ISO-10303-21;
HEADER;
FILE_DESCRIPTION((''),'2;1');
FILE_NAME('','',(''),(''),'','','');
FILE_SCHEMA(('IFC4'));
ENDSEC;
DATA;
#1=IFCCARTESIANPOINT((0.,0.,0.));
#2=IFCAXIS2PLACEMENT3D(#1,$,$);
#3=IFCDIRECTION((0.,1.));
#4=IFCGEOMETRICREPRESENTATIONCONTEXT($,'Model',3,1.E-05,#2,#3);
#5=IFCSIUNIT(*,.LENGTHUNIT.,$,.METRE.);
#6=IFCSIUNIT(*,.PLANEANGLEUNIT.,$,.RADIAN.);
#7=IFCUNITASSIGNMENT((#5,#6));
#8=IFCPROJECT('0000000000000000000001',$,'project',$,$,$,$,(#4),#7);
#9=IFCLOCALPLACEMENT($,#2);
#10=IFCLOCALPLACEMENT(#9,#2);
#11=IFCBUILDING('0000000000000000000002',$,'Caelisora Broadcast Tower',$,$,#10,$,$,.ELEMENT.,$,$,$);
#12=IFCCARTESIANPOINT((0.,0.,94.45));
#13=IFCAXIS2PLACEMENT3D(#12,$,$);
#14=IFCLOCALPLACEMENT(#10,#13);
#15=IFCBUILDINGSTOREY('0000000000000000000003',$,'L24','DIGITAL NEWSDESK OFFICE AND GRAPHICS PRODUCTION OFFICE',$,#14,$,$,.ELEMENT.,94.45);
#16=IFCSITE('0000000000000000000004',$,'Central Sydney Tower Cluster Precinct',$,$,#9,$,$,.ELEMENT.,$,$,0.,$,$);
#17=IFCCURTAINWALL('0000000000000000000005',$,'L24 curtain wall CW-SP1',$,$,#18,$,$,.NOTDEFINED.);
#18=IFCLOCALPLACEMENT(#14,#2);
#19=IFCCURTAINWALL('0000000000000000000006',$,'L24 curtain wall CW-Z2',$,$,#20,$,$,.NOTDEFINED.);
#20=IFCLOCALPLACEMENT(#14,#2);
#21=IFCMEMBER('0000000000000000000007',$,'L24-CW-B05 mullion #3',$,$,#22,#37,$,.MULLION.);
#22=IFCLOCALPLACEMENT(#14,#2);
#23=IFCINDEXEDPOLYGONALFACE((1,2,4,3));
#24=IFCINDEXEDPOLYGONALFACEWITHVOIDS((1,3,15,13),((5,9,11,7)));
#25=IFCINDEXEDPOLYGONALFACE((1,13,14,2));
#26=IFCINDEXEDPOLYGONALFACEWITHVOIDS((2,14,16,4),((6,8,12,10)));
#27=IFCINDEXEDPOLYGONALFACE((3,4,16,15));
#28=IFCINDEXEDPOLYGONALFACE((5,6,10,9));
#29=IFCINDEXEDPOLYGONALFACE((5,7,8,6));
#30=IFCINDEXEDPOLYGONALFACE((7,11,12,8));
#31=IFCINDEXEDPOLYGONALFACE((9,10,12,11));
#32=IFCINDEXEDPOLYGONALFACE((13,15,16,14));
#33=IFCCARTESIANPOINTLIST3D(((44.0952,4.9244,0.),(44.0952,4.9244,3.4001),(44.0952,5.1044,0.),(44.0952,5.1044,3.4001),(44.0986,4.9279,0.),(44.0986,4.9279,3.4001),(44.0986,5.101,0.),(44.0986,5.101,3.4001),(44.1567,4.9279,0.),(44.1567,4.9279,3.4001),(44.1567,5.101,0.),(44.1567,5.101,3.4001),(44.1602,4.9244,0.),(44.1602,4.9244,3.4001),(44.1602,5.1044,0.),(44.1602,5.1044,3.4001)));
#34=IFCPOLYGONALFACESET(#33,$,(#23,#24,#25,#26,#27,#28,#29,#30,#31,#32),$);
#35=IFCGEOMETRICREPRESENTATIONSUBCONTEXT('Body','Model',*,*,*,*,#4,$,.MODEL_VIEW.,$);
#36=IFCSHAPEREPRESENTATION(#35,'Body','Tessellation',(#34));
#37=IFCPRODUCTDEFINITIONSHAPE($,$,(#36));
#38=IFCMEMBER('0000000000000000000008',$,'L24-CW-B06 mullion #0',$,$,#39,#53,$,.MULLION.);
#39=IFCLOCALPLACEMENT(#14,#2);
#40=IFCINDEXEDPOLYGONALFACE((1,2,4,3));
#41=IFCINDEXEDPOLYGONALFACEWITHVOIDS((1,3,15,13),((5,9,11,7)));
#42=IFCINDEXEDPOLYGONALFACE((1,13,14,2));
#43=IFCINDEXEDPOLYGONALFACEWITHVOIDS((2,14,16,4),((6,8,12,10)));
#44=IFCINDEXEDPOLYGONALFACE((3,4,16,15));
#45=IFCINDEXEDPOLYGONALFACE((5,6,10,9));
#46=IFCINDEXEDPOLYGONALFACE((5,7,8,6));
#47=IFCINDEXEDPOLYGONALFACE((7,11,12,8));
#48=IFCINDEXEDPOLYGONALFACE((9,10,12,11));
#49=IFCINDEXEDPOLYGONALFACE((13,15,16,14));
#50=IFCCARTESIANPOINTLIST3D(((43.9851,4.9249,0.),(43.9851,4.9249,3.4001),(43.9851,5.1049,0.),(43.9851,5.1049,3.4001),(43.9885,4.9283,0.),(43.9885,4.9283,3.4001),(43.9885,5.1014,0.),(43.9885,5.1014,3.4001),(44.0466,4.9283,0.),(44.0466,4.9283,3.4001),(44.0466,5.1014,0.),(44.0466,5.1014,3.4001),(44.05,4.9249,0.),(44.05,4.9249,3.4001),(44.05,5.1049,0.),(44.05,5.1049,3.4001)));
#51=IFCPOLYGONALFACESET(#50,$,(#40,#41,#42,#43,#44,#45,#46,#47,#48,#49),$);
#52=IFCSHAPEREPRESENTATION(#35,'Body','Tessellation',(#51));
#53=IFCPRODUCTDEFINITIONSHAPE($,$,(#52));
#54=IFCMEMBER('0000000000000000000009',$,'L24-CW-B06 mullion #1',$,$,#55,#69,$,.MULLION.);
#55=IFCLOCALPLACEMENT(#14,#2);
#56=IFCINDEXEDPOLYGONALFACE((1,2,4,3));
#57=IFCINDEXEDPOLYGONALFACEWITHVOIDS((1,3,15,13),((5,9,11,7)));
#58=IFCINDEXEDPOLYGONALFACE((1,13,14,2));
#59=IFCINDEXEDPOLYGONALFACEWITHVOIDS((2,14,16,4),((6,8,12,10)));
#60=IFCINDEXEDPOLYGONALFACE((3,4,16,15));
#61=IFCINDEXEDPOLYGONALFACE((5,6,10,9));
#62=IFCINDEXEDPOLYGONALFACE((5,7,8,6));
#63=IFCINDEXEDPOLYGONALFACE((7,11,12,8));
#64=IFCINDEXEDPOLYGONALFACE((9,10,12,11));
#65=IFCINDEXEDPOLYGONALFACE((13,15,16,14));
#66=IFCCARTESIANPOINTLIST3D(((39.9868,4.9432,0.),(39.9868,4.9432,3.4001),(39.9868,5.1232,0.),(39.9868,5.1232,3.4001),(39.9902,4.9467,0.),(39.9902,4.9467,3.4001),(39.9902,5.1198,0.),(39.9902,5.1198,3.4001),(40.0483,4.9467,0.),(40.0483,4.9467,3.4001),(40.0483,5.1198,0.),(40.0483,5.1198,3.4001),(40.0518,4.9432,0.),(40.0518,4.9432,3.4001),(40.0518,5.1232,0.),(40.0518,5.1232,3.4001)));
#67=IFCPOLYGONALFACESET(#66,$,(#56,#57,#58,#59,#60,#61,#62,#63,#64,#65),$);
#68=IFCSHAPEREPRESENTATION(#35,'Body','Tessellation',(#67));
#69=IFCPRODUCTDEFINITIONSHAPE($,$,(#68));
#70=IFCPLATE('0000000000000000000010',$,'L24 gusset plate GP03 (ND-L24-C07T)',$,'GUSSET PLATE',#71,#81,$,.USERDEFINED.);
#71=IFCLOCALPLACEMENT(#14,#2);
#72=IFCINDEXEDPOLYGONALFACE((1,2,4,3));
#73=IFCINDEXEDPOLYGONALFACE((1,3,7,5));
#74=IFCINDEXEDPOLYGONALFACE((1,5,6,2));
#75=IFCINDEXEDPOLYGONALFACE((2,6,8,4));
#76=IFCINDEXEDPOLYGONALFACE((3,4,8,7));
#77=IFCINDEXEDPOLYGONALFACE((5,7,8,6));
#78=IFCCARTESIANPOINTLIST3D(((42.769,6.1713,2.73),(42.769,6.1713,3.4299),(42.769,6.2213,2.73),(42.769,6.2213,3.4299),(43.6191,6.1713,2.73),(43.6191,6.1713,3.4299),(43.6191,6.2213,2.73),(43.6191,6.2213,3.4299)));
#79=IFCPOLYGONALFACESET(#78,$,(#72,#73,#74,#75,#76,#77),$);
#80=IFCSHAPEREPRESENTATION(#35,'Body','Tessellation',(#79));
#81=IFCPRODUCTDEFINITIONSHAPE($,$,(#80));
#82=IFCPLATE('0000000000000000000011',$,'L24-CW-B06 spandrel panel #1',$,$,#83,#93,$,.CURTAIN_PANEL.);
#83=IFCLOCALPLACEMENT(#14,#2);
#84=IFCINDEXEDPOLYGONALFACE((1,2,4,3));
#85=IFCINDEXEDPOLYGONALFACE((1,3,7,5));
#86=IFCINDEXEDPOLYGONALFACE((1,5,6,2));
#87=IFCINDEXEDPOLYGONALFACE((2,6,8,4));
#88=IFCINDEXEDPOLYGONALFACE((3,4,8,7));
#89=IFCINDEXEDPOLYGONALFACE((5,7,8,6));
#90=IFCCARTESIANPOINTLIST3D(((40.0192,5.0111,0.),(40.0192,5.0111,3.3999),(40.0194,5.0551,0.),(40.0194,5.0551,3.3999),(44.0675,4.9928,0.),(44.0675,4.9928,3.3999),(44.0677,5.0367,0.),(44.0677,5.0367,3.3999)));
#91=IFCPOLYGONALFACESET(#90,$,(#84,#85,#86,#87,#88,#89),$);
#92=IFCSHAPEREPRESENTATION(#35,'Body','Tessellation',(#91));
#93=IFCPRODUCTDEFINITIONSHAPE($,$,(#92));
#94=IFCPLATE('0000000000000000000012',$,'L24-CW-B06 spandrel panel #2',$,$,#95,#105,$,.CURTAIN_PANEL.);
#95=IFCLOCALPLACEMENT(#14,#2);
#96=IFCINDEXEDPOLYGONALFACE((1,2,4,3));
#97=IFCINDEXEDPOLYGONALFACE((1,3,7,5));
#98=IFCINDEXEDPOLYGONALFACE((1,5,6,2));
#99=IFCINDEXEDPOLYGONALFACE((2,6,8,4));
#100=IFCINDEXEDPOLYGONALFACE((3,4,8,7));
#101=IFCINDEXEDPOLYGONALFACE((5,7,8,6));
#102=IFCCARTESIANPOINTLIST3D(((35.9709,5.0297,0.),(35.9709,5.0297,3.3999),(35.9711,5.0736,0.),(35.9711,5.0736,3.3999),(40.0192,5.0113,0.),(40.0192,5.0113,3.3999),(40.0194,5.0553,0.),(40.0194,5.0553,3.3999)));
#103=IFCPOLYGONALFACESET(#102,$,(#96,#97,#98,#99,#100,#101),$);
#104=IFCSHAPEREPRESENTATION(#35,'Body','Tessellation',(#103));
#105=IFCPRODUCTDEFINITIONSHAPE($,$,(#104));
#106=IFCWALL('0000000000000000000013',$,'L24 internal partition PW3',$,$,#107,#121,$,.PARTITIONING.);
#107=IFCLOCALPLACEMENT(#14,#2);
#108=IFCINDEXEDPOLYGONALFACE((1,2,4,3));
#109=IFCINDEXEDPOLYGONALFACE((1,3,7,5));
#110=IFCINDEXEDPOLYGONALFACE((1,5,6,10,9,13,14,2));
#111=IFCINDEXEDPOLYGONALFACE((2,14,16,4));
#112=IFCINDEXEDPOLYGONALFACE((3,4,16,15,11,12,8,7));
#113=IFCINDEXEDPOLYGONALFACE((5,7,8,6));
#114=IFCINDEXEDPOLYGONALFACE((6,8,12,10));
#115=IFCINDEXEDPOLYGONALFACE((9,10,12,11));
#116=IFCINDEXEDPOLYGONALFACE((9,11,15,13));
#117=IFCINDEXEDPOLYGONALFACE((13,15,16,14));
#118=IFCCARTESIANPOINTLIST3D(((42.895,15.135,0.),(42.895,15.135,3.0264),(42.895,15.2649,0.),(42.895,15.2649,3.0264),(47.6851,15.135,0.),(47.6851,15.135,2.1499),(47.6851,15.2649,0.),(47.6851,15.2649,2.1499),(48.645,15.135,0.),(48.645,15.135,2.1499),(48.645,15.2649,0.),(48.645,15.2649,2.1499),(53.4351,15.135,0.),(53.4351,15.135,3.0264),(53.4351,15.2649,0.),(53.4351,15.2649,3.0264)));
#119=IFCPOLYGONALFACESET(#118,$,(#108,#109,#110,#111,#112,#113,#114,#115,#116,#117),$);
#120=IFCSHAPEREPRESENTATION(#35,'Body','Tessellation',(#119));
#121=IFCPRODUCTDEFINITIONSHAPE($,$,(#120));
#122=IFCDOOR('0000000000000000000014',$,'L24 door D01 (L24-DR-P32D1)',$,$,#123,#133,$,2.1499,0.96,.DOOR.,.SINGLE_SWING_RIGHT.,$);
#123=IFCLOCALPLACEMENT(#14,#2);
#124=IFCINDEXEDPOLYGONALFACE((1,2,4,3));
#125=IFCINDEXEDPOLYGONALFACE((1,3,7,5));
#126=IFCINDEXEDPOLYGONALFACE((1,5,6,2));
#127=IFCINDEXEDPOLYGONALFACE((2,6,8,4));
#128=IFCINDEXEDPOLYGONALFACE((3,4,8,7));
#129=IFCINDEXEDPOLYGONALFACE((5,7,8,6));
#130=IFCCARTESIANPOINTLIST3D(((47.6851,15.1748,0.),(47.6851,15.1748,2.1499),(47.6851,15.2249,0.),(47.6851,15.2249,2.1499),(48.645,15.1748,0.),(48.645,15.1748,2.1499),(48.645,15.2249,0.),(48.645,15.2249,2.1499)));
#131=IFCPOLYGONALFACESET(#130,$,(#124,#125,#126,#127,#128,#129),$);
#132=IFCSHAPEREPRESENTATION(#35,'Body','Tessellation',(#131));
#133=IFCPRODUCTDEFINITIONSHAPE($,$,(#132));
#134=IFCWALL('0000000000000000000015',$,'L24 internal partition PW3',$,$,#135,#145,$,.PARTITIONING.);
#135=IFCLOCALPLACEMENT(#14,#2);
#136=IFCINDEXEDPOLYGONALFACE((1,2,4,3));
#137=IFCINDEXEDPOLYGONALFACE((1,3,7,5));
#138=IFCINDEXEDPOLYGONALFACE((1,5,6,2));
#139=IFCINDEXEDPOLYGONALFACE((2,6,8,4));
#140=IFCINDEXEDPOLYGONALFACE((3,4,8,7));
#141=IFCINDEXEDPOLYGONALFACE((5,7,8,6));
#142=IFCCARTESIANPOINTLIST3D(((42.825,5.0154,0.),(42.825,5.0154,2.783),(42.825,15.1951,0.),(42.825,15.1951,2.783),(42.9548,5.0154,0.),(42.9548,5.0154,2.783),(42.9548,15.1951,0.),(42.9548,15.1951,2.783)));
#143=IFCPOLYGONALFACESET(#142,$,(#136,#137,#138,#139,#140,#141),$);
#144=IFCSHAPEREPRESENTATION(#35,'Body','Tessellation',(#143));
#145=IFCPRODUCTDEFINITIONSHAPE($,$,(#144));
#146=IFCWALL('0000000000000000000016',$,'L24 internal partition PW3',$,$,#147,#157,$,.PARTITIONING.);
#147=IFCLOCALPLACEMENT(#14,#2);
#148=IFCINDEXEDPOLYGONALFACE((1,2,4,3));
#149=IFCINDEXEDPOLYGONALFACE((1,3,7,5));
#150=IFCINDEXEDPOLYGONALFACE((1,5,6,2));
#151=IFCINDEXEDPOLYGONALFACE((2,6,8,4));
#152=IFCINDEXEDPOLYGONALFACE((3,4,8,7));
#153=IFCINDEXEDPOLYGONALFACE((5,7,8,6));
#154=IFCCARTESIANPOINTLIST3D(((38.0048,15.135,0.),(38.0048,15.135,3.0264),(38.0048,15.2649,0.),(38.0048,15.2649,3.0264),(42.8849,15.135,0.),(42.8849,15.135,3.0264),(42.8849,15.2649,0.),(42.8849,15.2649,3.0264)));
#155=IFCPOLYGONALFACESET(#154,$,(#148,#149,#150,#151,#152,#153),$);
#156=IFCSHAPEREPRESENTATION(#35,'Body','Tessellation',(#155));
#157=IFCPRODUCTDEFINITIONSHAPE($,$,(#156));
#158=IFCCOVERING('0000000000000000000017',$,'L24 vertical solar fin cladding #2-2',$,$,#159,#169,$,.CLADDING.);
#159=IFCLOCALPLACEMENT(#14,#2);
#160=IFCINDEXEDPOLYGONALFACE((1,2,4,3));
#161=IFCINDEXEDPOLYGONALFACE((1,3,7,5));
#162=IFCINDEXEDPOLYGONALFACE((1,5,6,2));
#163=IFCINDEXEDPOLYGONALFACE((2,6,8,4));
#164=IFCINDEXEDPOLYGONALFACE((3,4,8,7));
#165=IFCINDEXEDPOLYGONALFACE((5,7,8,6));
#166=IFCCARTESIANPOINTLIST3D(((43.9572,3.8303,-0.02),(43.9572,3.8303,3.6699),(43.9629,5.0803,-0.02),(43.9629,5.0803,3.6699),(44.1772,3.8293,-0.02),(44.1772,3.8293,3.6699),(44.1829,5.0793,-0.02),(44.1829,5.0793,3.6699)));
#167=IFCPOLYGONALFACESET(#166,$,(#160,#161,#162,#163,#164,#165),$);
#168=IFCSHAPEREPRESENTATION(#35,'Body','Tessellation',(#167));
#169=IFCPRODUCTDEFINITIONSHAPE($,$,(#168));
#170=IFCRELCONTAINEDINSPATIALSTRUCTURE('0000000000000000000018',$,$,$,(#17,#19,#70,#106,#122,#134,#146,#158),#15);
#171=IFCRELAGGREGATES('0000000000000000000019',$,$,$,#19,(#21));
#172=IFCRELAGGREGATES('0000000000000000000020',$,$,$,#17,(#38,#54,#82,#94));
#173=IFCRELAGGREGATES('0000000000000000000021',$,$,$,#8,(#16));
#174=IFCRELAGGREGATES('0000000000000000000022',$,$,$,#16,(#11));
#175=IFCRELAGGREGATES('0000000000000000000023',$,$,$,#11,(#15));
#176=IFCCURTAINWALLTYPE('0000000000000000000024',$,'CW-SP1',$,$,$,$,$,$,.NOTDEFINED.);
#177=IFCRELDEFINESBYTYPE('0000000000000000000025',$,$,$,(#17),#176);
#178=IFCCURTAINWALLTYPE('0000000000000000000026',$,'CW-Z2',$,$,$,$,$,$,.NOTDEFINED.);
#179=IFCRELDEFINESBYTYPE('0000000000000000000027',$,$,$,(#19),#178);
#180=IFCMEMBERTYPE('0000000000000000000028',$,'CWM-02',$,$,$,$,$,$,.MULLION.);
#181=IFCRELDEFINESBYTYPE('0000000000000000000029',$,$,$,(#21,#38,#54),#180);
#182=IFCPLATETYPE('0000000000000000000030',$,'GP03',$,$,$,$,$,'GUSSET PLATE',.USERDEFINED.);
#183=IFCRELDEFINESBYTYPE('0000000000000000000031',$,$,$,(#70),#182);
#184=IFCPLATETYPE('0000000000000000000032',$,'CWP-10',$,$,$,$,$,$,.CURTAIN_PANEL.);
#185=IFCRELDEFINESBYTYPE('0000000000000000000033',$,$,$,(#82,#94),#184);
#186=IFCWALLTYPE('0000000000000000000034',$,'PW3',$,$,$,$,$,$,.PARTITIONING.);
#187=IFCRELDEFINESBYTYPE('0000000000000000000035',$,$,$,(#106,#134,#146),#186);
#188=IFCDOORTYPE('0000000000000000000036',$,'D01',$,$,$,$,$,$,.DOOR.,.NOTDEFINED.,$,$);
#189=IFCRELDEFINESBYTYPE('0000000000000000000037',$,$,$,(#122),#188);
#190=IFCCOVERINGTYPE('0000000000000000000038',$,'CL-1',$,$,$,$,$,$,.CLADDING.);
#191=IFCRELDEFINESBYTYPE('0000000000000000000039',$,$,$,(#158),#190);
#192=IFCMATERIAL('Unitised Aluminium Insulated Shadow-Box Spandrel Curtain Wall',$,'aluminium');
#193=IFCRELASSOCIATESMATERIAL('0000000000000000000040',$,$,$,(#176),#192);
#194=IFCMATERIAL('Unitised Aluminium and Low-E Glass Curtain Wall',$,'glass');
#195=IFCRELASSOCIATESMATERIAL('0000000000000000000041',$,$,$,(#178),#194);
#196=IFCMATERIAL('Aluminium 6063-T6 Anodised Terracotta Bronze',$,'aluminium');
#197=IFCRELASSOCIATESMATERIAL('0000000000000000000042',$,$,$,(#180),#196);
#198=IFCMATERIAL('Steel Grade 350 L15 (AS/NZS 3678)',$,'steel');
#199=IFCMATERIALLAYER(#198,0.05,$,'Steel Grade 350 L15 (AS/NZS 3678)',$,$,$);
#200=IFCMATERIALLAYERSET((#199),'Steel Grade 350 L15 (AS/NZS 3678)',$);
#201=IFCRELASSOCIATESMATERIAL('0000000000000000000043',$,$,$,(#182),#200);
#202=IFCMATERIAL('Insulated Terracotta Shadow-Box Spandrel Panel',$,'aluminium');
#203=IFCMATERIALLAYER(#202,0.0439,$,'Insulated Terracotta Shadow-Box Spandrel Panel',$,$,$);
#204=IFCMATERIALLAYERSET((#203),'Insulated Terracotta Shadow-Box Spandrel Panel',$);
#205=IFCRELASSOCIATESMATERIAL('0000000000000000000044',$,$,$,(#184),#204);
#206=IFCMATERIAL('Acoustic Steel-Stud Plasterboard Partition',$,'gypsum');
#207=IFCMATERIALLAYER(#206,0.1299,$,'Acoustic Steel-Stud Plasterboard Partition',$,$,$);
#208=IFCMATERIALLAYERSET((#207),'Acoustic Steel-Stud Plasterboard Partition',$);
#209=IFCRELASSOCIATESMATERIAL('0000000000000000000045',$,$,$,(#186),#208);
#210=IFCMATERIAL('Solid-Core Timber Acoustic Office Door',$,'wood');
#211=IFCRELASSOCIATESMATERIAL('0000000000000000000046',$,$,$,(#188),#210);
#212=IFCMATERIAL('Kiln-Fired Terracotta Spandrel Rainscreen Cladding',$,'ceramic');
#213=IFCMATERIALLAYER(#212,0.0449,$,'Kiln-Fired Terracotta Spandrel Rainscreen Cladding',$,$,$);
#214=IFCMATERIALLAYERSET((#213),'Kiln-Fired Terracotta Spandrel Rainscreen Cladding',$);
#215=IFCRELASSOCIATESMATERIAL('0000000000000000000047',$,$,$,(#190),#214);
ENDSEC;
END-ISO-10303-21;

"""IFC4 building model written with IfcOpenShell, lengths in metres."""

from ifc_helpers import new_model, si_unit, direction, frame, frame_2d, origin, origin_2d, place, context, subcontext, project, spatial, rectangle, hollow_rectangle, extrude, source, transform, mapped, material, layer, layer_set, material_profile, profile_set, type_object, type_shapes, element, fill, aggregate, save


model = new_model("IFC4")

# Units and contexts
model_context = context("Model", 3, precision=1e-05, world=origin(), true_north=direction((0.0, 1.0)))
body_context = subcontext(model_context, "Body", "Model", "MODEL_VIEW")
ifc_project = project(units=[si_unit("LENGTHUNIT", "METRE"), si_unit("PLANEANGLEUNIT", "RADIAN")], contexts=[model_context])

# Site, building, storey
site_placement = place(None, origin())
site = spatial("IfcSite", under=ifc_project, at=site_placement, Name="Central Sydney Tower Cluster Precinct", CompositionType="ELEMENT", RefElevation=0.0)
building_placement = place(site_placement, origin())
building = spatial("IfcBuilding", under=site, at=building_placement, Name="Caelisora Broadcast Tower", CompositionType="ELEMENT")
storey_placement = place(building_placement, frame((0.0, 0.0, 94.45)))
storey = spatial("IfcBuildingStorey", under=building, at=storey_placement, Name="L24", Description="DIGITAL NEWSDESK OFFICE AND GRAPHICS PRODUCTION OFFICE", CompositionType="ELEMENT", Elevation=94.45)

# Shared definitions
ifc_material_1 = material(Name="Steel Grade 350 L15 (AS/NZS 3678)", Category="steel")

# Curtain wall
ifc_material_2 = material(Name="Unitised Aluminium Insulated Shadow-Box Spandrel Curtain Wall", Category="aluminium")
curtain_wall_type_1 = type_object("IfcCurtainWallType", Name="CW-SP1", PredefinedType="NOTDEFINED", material=ifc_material_2)
curtain_wall_1_placement = place(storey_placement, origin())
curtain_wall_1 = element("IfcCurtainWall", 1, at=curtain_wall_1_placement, inside=storey, type_object=curtain_wall_type_1, Name="L24 curtain wall CW-SP1", PredefinedType="NOTDEFINED")
ifc_material_3 = material(Name="Aluminium 6063-T6 Anodised Terracotta Bronze", Category="aluminium")

# Curtain wall, member
ifc_material_4 = material(Name="Unitised Aluminium and Low-E Glass Curtain Wall", Category="glass")
curtain_wall_type_2 = type_object("IfcCurtainWallType", Name="CW-Z2", PredefinedType="NOTDEFINED", material=ifc_material_4)
curtain_wall_2_placement = place(storey_placement, origin())
curtain_wall_2 = element("IfcCurtainWall", 2, at=curtain_wall_2_placement, inside=storey, type_object=curtain_wall_type_2, Name="L24 curtain wall CW-Z2", PredefinedType="NOTDEFINED")
ifc_material_profile_1 = material_profile(ifc_material_3, hollow_rectangle(XDim=0.0649, YDim=0.1799, WallThickness=0.0034, at=origin_2d()), Name="Aluminium 6063-T6 Anodised Terracotta Bronze")
ifc_profile_set_1 = profile_set([ifc_material_profile_1], Name="Aluminium 6063-T6 Anodised Terracotta Bronze")
member_type_1 = type_object("IfcMemberType", Name="CWM-02", PredefinedType="MULLION", material=ifc_profile_set_1)
shared_shape_1 = source(origin(), body_context, "Body", "SweptSolid", [
    extrude(hollow_rectangle(XDim=0.0649, YDim=0.1799, WallThickness=0.0034, at=origin_2d()), origin(), (0.0, 0.0, 1.0), 3.4001),
])
type_shapes(member_type_1, [shared_shape_1])
member_1_placement = place(storey_placement, frame((44.1277, 5.0144, 0.0), z_axis=(0.0, 0.0, 1.0), x_axis=(1.0, 0.0, 0.0)))
member_1 = element("IfcMember", 3, at=member_1_placement, type_object=member_type_1, Name="L24-CW-B05 mullion #3", PredefinedType="MULLION", context=body_context, shape_type="MappedRepresentation", body=[
    mapped(shared_shape_1, transform((0.0, 0.0, 0.0), scale=1.0)),
])
aggregate(curtain_wall_2, [member_1])

# Members
member_2_placement = place(storey_placement, frame((44.0176, 5.0149, 0.0), z_axis=(0.0, 0.0, 1.0), x_axis=(1.0, 0.0, 0.0)))
member_2 = element("IfcMember", 4, at=member_2_placement, type_object=member_type_1, Name="L24-CW-B06 mullion #0", PredefinedType="MULLION", context=body_context, shape_type="MappedRepresentation", body=[
    mapped(shared_shape_1, transform((0.0, 0.0, 0.0), scale=1.0)),
])
member_3_placement = place(storey_placement, frame((40.0193, 5.0332, 0.0), z_axis=(0.0, 0.0, 1.0), x_axis=(1.0, 0.0, 0.0)))
member_3 = element("IfcMember", 5, at=member_3_placement, type_object=member_type_1, Name="L24-CW-B06 mullion #1", PredefinedType="MULLION", context=body_context, shape_type="MappedRepresentation", body=[
    mapped(shared_shape_1, transform((0.0, 0.0, 0.0), scale=1.0)),
])

# Plates
ifc_layer_1 = layer(ifc_material_1, 0.05, Name="Steel Grade 350 L15 (AS/NZS 3678)")
ifc_layer_set_1 = layer_set([ifc_layer_1], Name="Steel Grade 350 L15 (AS/NZS 3678)")
plate_type_1 = type_object("IfcPlateType", Name="GP03", ElementType="GUSSET PLATE", PredefinedType="USERDEFINED", material=ifc_layer_set_1)
shared_shape_2 = source(origin(), body_context, "Body", "SweptSolid", [
    extrude(rectangle(XDim=0.8501, YDim=0.05, at=origin_2d()), origin(), (0.0, 0.0, 1.0), 0.7),
])
type_shapes(plate_type_1, [shared_shape_2])
plate_1_placement = place(storey_placement, frame((43.1941, 6.1963, 2.73), z_axis=(0.0, 0.0, 1.0), x_axis=(1.0, 0.0, 0.0)))
element("IfcPlate", 6, at=plate_1_placement, inside=storey, type_object=plate_type_1, Name="L24 gusset plate GP03 (ND-L24-C07T)", ObjectType="GUSSET PLATE", PredefinedType="USERDEFINED", context=body_context, shape_type="MappedRepresentation", body=[
    mapped(shared_shape_2, transform((0.0, 0.0, 0.0), scale=1.0)),
])
ifc_material_5 = material(Name="Insulated Terracotta Shadow-Box Spandrel Panel", Category="aluminium")
ifc_layer_2 = layer(ifc_material_5, 0.0439, Name="Insulated Terracotta Shadow-Box Spandrel Panel")
ifc_layer_set_2 = layer_set([ifc_layer_2], Name="Insulated Terracotta Shadow-Box Spandrel Panel")
plate_type_2 = type_object("IfcPlateType", Name="CWP-10", PredefinedType="CURTAIN_PANEL", material=ifc_layer_set_2)
shared_shape_3 = source(origin(), body_context, "Body", "SweptSolid", [
    extrude(rectangle(XDim=4.0483, YDim=0.0439, at=origin_2d()), origin(), (0.0, 0.0, 1.0), 3.3999),
])
type_shapes(plate_type_2, [shared_shape_3])
plate_2_placement = place(storey_placement, frame((42.0435, 5.0239, 0.0), z_axis=(0.0, 0.0, 1.0), x_axis=(-0.99999, 0.004538, 0.0)))
plate_2 = element("IfcPlate", 7, at=plate_2_placement, type_object=plate_type_2, Name="L24-CW-B06 spandrel panel #1", PredefinedType="CURTAIN_PANEL", context=body_context, shape_type="MappedRepresentation", body=[
    mapped(shared_shape_3, transform((0.0, 0.0, 0.0), scale=1.0)),
])
plate_3_placement = place(storey_placement, frame((37.9951, 5.0425, 0.0), z_axis=(0.0, 0.0, 1.0), x_axis=(-0.99999, 0.004538, 0.0)))
plate_3 = element("IfcPlate", 8, at=plate_3_placement, type_object=plate_type_2, Name="L24-CW-B06 spandrel panel #2", PredefinedType="CURTAIN_PANEL", context=body_context, shape_type="MappedRepresentation", body=[
    mapped(shared_shape_3, transform((0.0, 0.0, 0.0), scale=1.0)),
])
aggregate(curtain_wall_1, [member_2, member_3, plate_2, plate_3])

# Wall, opening, door
ifc_material_6 = material(Name="Acoustic Steel-Stud Plasterboard Partition", Category="gypsum")
ifc_layer_3 = layer(ifc_material_6, 0.1299, Name="Acoustic Steel-Stud Plasterboard Partition")
ifc_layer_set_3 = layer_set([ifc_layer_3], Name="Acoustic Steel-Stud Plasterboard Partition")
wall_type_1 = type_object("IfcWallType", Name="PW3", PredefinedType="PARTITIONING", material=ifc_layer_set_3)
wall_1_placement = place(storey_placement, frame((42.895, 15.2, 0.0), z_axis=(0.0, 0.0, 1.0), x_axis=(1.0, 0.0, 0.0)))
wall_1 = element("IfcWall", 9, at=wall_1_placement, inside=storey, type_object=wall_type_1, Name="L24 internal partition PW3", PredefinedType="PARTITIONING", context=body_context, shape_type="SweptSolid", body=[
    extrude(rectangle(XDim=10.54, YDim=0.1299, at=frame_2d((5.27, 0.0))), origin(), (0.0, 0.0, 1.0), 3.0264),
])
opening_1_placement = place(wall_1_placement, frame((4.79, 0.0, 0.0)))
opening_1 = element("IfcOpeningElement", 10, at=opening_1_placement, cuts=wall_1, PredefinedType="OPENING", context=body_context, shape_type="SweptSolid", body=[
    extrude(rectangle(XDim=0.96, YDim=2.1499, at=frame_2d((0.48, 1.075))), frame((0.0, 0.0769, 0.0), z_axis=(0.0, -1.0, 0.0), x_axis=(1.0, 0.0, 0.0)), (0.0, 0.0, 1.0), 0.1538),
])
ifc_material_7 = material(Name="Solid-Core Timber Acoustic Office Door", Category="wood")
door_type_1 = type_object("IfcDoorType", Name="D01", OperationType="NOTDEFINED", PredefinedType="DOOR", material=ifc_material_7)
door_1_placement = place(opening_1_placement, origin())
door_1 = element("IfcDoor", 11, at=door_1_placement, inside=storey, type_object=door_type_1, Name="L24 door D01 (L24-DR-P32D1)", OperationType="SINGLE_SWING_RIGHT", OverallHeight=2.1499, OverallWidth=0.96, PredefinedType="DOOR", context=body_context, shape_type="SweptSolid", body=[
    extrude(rectangle(XDim=0.96, YDim=2.1499, at=frame_2d((0.48, 1.075))), frame((0.0, 0.0249, 0.0), z_axis=(0.0, -1.0, 0.0), x_axis=(1.0, 0.0, 0.0)), (0.0, 0.0, 1.0), 0.05),
])
fill(opening_1, door_1)

# Walls
wall_2_placement = place(storey_placement, frame((42.8899, 5.0154, 0.0), z_axis=(0.0, 0.0, 1.0), x_axis=(0.0, 1.0, 0.0)))
element("IfcWall", 12, at=wall_2_placement, inside=storey, type_object=wall_type_1, Name="L24 internal partition PW3", PredefinedType="PARTITIONING", context=body_context, shape_type="SweptSolid", body=[
    extrude(rectangle(XDim=10.1797, YDim=0.1299, at=frame_2d((5.0898, 0.0))), origin(), (0.0, 0.0, 1.0), 2.783),
])
wall_3_placement = place(storey_placement, frame((38.0049, 15.2, 0.0), z_axis=(0.0, 0.0, 1.0), x_axis=(1.0, 0.0, 0.0)))
element("IfcWall", 13, at=wall_3_placement, inside=storey, type_object=wall_type_1, Name="L24 internal partition PW3", PredefinedType="PARTITIONING", context=body_context, shape_type="SweptSolid", body=[
    extrude(rectangle(XDim=4.8801, YDim=0.1299, at=frame_2d((2.4399, 0.0))), origin(), (0.0, 0.0, 1.0), 3.0264),
])

# Covering
ifc_material_8 = material(Name="Kiln-Fired Terracotta Spandrel Rainscreen Cladding", Category="ceramic")
ifc_layer_4 = layer(ifc_material_8, 0.0449, Name="Kiln-Fired Terracotta Spandrel Rainscreen Cladding")
ifc_layer_set_4 = layer_set([ifc_layer_4], Name="Kiln-Fired Terracotta Spandrel Rainscreen Cladding")
covering_type = type_object("IfcCoveringType", Name="CL-1", PredefinedType="CLADDING", material=ifc_layer_set_4)
shared_shape_4 = source(origin(), body_context, "Body", "SweptSolid", [
    extrude(rectangle(XDim=0.22, YDim=1.25, at=origin_2d()), origin(), (0.0, 0.0, 1.0), 3.6899),
])
type_shapes(covering_type, [shared_shape_4])
covering_placement = place(storey_placement, frame((44.0701, 4.4548, -0.02), z_axis=(0.0, 0.0, 1.0), x_axis=(-0.99999, 0.004538, 0.0)))
element("IfcCovering", 14, at=covering_placement, inside=storey, type_object=covering_type, Name="L24 vertical solar fin cladding #2-2", PredefinedType="CLADDING", context=body_context, shape_type="MappedRepresentation", body=[
    mapped(shared_shape_4, transform((0.0, 0.0, 0.0), scale=1.0)),
])

save(model, "model.ifc")
